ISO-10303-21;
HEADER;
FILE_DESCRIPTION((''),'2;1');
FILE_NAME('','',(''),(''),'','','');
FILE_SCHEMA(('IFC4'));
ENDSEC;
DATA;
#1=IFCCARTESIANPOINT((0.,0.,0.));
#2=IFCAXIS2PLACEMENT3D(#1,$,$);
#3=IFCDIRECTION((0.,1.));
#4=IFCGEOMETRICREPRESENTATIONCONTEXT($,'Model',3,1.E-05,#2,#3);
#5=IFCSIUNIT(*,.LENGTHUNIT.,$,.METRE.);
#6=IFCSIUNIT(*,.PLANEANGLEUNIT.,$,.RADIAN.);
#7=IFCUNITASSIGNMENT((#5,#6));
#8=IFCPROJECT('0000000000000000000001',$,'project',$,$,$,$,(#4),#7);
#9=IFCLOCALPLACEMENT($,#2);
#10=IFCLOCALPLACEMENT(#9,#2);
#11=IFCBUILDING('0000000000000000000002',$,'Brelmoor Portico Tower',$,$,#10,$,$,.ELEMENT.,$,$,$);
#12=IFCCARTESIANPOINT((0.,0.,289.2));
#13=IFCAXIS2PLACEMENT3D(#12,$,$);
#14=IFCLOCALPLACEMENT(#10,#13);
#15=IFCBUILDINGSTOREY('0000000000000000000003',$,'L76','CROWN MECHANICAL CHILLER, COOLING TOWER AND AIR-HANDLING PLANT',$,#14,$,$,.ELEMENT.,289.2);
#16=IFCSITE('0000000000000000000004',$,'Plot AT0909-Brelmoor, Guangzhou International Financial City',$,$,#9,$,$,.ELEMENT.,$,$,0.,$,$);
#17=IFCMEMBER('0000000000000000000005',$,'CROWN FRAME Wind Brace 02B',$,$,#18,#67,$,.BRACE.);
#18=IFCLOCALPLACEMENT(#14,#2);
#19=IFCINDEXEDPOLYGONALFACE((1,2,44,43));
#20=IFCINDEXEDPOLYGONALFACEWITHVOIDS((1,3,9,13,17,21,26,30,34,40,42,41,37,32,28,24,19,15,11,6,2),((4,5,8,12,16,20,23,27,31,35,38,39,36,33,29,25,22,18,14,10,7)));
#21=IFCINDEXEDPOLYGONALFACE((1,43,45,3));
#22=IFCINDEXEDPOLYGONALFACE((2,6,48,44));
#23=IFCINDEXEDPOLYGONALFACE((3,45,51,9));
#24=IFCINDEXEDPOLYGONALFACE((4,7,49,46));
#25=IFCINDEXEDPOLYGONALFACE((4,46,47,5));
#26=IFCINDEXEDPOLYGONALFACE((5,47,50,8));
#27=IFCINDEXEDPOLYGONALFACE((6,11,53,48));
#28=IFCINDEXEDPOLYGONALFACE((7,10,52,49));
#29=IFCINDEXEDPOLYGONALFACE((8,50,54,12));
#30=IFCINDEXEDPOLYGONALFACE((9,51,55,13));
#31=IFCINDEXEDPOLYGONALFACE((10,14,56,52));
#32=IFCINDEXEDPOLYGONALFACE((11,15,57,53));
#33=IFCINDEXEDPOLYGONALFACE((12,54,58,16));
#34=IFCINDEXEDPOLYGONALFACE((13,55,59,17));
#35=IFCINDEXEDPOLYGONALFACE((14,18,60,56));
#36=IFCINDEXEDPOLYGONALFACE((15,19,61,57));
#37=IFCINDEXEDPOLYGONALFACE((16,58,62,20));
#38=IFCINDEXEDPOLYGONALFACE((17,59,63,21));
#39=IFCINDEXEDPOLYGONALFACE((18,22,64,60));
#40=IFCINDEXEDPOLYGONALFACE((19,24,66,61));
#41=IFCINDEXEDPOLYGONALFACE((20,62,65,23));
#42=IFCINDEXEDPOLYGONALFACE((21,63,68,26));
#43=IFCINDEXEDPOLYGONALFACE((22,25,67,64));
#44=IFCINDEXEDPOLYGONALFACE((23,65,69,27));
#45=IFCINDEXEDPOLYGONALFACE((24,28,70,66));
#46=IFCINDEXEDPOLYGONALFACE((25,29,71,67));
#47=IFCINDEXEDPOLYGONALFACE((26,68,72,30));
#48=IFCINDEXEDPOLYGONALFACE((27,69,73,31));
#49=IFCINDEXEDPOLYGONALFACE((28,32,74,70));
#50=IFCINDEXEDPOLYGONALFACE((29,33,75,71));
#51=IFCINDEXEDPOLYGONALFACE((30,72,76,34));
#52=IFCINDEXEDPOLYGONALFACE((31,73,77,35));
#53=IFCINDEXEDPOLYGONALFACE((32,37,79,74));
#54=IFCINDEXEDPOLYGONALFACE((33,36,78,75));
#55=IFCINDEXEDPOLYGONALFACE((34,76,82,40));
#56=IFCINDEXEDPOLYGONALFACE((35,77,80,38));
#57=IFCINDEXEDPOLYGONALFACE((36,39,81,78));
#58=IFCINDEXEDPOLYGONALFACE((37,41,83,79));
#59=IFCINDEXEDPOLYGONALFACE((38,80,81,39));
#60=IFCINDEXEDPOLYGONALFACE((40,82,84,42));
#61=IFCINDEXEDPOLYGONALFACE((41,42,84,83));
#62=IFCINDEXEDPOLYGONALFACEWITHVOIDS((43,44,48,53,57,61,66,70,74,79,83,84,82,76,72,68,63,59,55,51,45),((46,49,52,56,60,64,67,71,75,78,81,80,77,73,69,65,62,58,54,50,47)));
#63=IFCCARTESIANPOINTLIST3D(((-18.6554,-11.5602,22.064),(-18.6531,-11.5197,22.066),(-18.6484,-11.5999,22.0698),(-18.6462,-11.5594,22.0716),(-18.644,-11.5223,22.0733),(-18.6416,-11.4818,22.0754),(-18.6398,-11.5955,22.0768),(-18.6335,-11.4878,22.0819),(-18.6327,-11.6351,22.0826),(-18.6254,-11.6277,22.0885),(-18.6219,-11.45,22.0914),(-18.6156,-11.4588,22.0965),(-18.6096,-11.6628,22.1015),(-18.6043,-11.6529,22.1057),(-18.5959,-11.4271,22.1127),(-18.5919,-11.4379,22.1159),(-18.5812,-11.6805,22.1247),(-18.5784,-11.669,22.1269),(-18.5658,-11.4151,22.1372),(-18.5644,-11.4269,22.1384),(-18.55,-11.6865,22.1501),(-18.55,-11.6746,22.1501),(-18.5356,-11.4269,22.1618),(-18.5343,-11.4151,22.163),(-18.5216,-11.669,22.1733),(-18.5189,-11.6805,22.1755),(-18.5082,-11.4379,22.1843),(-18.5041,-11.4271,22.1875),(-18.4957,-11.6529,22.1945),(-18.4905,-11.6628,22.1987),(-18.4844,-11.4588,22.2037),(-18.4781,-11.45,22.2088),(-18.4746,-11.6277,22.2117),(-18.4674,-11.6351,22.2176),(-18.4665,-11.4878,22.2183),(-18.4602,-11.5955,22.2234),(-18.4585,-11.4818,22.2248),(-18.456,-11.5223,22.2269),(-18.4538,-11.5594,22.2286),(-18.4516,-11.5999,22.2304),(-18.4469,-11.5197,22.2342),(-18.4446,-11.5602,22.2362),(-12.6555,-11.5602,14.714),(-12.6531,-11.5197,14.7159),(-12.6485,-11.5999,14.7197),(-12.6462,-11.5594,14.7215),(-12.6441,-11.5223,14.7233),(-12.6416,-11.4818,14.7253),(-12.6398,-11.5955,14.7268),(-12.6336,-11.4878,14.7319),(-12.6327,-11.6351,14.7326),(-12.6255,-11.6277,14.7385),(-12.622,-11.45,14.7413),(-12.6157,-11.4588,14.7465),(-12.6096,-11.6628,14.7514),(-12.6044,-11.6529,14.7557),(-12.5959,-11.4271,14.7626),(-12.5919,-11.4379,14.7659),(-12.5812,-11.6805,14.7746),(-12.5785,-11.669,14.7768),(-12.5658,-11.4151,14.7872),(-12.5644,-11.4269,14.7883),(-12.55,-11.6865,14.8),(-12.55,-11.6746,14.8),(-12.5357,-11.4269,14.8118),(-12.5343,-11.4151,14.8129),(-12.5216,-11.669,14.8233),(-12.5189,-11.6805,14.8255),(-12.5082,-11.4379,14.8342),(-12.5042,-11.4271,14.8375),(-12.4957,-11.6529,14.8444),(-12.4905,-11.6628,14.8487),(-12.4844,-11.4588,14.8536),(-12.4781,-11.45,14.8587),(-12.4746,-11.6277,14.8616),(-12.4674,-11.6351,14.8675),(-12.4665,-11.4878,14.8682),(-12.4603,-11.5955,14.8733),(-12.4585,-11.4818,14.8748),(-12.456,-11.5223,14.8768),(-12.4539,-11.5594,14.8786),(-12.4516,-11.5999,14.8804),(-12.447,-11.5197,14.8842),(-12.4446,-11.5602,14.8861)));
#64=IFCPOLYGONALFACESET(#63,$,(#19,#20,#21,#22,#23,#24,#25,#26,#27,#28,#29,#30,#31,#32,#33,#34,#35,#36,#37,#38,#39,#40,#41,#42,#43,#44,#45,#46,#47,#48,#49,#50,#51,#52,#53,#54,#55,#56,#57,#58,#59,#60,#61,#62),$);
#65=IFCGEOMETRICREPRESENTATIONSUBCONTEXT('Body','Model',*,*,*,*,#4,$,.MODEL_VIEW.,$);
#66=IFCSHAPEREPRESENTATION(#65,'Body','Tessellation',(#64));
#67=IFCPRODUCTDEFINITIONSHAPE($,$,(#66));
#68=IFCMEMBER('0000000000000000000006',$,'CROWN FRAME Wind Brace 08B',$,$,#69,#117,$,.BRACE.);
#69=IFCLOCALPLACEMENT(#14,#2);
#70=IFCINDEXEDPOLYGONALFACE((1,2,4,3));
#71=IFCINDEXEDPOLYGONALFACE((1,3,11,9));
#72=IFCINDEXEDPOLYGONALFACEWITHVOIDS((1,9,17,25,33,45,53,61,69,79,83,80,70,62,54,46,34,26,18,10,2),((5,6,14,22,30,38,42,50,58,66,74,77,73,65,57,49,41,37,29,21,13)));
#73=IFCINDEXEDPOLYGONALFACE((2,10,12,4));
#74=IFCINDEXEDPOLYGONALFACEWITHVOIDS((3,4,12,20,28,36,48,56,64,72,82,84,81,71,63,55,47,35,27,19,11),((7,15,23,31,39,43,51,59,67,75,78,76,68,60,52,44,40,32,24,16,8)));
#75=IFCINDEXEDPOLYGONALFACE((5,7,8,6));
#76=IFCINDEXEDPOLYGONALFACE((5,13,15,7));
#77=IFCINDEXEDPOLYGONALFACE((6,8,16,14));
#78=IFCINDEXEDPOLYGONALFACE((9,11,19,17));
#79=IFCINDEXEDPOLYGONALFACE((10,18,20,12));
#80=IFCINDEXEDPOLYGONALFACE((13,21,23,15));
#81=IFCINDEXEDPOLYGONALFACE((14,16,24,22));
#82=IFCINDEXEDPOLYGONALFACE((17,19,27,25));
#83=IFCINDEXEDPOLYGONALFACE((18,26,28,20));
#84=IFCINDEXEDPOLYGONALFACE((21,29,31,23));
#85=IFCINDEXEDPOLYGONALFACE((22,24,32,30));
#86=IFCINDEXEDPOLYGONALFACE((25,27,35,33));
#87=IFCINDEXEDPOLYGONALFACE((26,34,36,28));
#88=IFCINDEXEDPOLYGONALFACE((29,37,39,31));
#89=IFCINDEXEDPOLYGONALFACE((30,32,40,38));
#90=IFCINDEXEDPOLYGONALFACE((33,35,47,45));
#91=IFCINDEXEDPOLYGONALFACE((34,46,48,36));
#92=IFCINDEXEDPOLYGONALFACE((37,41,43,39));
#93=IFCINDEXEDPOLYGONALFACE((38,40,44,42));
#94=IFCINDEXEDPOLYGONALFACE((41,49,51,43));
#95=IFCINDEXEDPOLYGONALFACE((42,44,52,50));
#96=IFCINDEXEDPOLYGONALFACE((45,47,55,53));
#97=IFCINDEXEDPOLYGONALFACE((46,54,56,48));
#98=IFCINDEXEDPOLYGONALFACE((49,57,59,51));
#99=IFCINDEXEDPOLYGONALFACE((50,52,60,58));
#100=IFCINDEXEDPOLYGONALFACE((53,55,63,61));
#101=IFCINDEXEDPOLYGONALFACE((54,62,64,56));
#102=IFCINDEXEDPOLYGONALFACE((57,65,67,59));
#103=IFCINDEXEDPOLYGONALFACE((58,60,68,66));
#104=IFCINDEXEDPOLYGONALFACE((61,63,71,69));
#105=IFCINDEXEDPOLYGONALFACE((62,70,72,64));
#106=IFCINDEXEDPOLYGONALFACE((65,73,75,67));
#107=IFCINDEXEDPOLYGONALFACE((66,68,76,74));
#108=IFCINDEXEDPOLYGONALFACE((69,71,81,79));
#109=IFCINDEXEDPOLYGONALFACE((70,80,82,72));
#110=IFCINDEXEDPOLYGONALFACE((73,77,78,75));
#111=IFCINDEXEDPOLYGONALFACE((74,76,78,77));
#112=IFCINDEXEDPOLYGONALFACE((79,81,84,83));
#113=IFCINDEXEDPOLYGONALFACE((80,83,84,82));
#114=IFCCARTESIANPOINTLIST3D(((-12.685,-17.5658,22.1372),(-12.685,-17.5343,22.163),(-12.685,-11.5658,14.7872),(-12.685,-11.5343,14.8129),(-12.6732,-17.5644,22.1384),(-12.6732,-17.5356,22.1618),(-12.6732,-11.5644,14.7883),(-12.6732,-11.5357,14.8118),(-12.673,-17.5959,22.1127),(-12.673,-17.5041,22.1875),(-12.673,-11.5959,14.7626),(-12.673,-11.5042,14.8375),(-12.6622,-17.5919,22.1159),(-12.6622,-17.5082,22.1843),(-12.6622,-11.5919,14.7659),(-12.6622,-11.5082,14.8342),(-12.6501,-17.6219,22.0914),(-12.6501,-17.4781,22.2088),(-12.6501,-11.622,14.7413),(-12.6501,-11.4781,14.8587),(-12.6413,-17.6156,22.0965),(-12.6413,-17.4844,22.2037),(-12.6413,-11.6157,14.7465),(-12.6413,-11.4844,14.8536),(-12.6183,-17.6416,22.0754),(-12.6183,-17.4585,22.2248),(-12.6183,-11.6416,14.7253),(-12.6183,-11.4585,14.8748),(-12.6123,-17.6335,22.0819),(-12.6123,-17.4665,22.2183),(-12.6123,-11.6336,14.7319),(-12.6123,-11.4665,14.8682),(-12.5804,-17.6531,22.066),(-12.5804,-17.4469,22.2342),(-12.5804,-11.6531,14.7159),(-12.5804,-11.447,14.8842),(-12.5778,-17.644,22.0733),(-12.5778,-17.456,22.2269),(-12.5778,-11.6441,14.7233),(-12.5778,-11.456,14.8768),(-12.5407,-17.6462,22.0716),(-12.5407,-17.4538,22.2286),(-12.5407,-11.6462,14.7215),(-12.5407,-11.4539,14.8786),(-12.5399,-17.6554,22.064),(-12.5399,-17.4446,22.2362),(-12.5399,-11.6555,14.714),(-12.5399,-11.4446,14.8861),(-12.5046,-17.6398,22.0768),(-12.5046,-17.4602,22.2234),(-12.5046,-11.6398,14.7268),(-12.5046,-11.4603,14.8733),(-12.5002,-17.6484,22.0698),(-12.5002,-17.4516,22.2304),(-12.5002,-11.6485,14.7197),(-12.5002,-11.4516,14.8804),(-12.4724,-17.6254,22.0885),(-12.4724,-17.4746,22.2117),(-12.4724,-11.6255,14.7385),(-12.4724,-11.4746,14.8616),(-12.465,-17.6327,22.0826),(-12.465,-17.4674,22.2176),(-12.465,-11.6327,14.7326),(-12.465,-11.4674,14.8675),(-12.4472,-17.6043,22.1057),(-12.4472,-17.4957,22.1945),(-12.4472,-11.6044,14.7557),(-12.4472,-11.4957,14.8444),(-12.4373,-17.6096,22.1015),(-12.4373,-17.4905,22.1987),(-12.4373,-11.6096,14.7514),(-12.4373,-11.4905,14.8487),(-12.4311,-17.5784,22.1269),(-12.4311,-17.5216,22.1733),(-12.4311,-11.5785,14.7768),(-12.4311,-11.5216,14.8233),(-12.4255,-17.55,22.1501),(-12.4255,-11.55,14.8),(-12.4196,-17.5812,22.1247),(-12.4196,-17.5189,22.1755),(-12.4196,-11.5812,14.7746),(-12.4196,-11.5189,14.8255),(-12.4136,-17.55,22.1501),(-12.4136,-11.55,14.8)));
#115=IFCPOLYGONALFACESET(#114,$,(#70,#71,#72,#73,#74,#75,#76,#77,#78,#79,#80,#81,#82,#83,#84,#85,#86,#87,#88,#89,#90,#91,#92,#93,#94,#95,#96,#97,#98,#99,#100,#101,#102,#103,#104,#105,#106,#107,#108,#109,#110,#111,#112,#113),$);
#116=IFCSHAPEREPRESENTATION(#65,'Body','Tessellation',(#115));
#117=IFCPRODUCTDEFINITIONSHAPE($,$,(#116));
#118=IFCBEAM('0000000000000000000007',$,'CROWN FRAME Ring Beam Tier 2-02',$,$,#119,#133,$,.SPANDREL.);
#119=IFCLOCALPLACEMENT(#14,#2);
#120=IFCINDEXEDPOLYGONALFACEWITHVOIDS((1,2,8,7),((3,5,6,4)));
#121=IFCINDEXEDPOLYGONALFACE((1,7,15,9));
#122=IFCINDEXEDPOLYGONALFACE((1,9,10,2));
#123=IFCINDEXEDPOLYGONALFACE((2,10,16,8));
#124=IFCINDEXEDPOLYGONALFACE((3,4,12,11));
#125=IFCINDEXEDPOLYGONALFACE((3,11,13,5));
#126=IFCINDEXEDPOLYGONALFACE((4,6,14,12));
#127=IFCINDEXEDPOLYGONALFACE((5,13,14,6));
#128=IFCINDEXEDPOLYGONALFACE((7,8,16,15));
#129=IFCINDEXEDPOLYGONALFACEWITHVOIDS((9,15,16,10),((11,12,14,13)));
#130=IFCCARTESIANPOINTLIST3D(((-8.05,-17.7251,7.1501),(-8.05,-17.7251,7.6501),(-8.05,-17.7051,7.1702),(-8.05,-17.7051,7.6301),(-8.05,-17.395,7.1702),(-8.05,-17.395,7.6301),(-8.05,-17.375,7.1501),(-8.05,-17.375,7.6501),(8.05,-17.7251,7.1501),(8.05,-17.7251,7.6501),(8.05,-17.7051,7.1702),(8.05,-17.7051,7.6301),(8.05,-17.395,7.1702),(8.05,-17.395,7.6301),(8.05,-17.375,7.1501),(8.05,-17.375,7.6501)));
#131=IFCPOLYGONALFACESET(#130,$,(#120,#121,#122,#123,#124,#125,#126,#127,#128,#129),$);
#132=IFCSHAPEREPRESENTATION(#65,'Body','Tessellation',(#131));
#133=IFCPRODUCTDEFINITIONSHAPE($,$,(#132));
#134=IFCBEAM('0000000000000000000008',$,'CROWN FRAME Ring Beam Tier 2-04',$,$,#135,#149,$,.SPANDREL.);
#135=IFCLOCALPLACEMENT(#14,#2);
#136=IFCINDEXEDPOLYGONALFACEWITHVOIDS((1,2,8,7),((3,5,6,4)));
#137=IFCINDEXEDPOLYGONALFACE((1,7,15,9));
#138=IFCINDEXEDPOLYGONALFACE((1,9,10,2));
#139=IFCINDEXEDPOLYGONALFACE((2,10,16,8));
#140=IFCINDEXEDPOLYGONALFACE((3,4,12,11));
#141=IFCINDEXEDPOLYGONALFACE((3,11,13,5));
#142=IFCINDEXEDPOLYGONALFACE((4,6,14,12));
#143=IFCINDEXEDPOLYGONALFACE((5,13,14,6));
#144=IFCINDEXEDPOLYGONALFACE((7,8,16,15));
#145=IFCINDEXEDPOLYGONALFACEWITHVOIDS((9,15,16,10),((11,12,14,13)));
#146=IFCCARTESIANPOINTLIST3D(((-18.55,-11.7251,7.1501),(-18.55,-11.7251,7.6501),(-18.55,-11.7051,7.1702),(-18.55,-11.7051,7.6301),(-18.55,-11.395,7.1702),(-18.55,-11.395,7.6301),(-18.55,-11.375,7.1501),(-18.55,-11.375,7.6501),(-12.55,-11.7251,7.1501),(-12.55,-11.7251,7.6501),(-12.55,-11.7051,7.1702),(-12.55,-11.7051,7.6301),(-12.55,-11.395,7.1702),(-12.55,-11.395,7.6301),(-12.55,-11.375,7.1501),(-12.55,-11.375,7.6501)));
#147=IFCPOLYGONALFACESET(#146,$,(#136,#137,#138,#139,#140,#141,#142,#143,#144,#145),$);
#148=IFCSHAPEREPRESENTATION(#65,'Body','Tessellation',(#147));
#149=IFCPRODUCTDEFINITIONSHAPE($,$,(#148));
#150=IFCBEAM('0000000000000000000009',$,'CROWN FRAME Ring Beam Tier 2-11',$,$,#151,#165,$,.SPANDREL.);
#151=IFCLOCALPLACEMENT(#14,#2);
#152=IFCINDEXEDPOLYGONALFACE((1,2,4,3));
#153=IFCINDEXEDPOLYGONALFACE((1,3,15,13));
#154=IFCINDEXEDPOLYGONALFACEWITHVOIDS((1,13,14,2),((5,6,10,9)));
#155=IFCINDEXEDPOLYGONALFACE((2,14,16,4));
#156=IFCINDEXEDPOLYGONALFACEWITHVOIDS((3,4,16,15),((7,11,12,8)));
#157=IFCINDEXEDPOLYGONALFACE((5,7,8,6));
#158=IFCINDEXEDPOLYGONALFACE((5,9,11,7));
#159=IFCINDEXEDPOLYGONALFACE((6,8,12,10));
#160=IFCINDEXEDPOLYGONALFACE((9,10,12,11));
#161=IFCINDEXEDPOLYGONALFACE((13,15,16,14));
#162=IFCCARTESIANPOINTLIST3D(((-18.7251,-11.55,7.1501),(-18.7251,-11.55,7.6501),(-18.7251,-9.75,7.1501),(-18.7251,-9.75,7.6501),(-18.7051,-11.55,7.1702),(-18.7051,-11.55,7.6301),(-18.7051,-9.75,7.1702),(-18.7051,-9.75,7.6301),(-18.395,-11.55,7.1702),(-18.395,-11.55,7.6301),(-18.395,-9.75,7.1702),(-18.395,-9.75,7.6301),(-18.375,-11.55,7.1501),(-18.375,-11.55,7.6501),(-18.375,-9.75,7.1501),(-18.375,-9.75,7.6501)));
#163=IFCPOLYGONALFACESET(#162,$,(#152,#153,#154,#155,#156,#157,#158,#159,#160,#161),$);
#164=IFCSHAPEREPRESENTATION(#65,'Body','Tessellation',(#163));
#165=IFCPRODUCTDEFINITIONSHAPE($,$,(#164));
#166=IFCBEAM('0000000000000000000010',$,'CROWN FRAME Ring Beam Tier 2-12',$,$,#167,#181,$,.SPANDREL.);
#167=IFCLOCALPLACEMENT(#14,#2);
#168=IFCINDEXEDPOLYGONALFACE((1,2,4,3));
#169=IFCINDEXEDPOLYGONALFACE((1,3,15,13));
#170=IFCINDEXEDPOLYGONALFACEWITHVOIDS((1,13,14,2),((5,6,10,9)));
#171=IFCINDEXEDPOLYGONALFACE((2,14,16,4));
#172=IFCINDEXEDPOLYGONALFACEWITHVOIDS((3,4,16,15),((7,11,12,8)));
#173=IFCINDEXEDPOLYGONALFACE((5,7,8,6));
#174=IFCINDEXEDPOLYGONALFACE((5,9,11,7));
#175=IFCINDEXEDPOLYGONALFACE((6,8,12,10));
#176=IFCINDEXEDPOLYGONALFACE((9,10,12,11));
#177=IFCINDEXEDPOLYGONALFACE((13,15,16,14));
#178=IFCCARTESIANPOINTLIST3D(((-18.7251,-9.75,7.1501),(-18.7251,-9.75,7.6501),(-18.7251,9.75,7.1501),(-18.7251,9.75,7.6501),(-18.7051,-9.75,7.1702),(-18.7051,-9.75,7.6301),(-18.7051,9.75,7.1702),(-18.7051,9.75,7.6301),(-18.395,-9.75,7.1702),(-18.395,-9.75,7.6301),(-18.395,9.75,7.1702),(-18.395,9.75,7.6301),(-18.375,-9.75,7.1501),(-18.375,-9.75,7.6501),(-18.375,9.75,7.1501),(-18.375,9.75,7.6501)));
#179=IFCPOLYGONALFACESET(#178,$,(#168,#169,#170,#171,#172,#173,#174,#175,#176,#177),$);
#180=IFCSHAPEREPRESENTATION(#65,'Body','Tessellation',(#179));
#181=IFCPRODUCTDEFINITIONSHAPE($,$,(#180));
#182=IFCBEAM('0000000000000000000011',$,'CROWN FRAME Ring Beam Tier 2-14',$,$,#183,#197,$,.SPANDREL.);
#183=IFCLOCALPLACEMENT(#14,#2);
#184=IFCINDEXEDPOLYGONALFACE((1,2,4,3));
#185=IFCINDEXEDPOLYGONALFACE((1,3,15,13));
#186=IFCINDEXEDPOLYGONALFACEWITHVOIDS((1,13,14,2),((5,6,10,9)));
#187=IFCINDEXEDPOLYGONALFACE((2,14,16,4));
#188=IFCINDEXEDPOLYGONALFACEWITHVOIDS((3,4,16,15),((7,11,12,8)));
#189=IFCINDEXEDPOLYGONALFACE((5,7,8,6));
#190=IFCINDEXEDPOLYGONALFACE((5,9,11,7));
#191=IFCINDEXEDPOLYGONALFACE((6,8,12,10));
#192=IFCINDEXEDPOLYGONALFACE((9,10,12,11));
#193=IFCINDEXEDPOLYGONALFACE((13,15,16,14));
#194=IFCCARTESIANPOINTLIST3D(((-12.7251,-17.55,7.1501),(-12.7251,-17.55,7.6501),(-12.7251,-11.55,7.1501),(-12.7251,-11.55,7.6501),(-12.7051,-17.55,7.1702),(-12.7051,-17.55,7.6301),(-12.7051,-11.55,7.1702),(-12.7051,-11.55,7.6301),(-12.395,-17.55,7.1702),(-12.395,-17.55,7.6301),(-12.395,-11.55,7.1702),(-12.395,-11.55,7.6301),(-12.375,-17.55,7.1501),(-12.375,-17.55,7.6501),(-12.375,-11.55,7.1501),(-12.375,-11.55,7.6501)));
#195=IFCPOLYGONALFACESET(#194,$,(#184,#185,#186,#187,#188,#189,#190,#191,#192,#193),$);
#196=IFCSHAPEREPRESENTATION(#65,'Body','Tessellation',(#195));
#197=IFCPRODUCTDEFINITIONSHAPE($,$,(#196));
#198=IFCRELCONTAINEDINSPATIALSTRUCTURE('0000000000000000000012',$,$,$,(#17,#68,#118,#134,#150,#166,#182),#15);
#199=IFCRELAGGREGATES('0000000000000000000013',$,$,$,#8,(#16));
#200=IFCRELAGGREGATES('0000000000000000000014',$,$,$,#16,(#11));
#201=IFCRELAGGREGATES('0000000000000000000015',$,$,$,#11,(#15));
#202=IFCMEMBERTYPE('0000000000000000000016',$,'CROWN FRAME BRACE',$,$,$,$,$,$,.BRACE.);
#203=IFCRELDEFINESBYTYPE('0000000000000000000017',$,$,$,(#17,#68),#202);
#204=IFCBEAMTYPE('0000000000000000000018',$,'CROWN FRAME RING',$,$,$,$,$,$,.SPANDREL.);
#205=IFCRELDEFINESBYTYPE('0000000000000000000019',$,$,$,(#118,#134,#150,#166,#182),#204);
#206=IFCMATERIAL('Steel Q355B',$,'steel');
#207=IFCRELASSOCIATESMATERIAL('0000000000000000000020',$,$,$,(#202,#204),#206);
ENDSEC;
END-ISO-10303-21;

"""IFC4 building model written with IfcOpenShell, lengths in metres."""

from ifc_helpers import new_model, si_unit, direction, frame, origin, origin_2d, place, context, subcontext, project, spatial, hollow_rectangle, hollow_circle, extrude, material, material_profile, profile_set, type_object, element, save


model = new_model("IFC4")

# Units and contexts
model_context = context("Model", 3, precision=1e-05, world=origin(), true_north=direction((0.0, 1.0)))
body_context = subcontext(model_context, "Body", "Model", "MODEL_VIEW")
ifc_project = project(units=[si_unit("LENGTHUNIT", "METRE"), si_unit("PLANEANGLEUNIT", "RADIAN")], contexts=[model_context])

# Site, building, storey
site_placement = place(None, origin())
site = spatial("IfcSite", under=ifc_project, at=site_placement, Name="Plot AT0909-Brelmoor, Guangzhou International Financial City", CompositionType="ELEMENT", RefElevation=0.0)
building_placement = place(site_placement, origin())
building = spatial("IfcBuilding", under=site, at=building_placement, Name="Brelmoor Portico Tower", CompositionType="ELEMENT")
storey_placement = place(building_placement, frame((0.0, 0.0, 289.2)))
storey = spatial("IfcBuildingStorey", under=building, at=storey_placement, Name="L76", Description="CROWN MECHANICAL CHILLER, COOLING TOWER AND AIR-HANDLING PLANT", CompositionType="ELEMENT", Elevation=289.2)

# Members
ifc_material_1 = material(Name="Steel Q355B", Category="steel")
ifc_material_profile_1 = material_profile(ifc_material_1, hollow_circle(Radius=0.1365, WallThickness=0.012, at=origin_2d()), Name="CHS 273x12")
ifc_profile_set_1 = profile_set([ifc_material_profile_1], Name="Steel Q355B")
member_type = type_object("IfcMemberType", Name="CROWN FRAME BRACE", PredefinedType="BRACE", material=ifc_profile_set_1)
for number, where, z_axis, x_axis, name in (
    (1, (-12.55, -11.55, 14.8), (-0.632371, 0.0, 0.774665), (0.0, -1.0, 0.0), "CROWN FRAME Wind Brace 02B"),
    (2, (-12.55, -11.55, 14.8), (0.0, -0.632371, 0.774665), (1.0, 0.0, 0.0), "CROWN FRAME Wind Brace 08B"),
):
    element("IfcMember", number, at=place(storey_placement, frame(where, z_axis=z_axis, x_axis=x_axis)), inside=storey, type_object=member_type, Name=name, PredefinedType="BRACE", context=body_context, shape_type="SweptSolid", body=[
        extrude(hollow_circle(Radius=0.1365, WallThickness=0.012, at=origin_2d()), origin(), (0.0, 0.0, 1.0), 9.488),
    ])

# Beams
ifc_material_profile_2 = material_profile(ifc_material_1, hollow_rectangle(XDim=0.3501, YDim=0.5, WallThickness=0.02, at=origin_2d()), Name="RHS 350x500x20")
ifc_profile_set_2 = profile_set([ifc_material_profile_2], Name="Steel Q355B")
beam_type = type_object("IfcBeamType", Name="CROWN FRAME RING", PredefinedType="SPANDREL", material=ifc_profile_set_2)
beam_1_placement = place(storey_placement, frame((-8.05, -17.55, 7.4001), z_axis=(1.0, 0.0, 0.0), x_axis=(0.0, 1.0, 0.0)))
element("IfcBeam", 3, at=beam_1_placement, inside=storey, type_object=beam_type, Name="CROWN FRAME Ring Beam Tier 2-02", PredefinedType="SPANDREL", context=body_context, shape_type="SweptSolid", body=[
    extrude(hollow_rectangle(XDim=0.3501, YDim=0.5, WallThickness=0.02, at=origin_2d()), origin(), (0.0, 0.0, 1.0), 16.1001),
])
beam_2_placement = place(storey_placement, frame((-18.55, -11.55, 7.4001), z_axis=(1.0, 0.0, 0.0), x_axis=(0.0, 1.0, 0.0)))
element("IfcBeam", 4, at=beam_2_placement, inside=storey, type_object=beam_type, Name="CROWN FRAME Ring Beam Tier 2-04", PredefinedType="SPANDREL", context=body_context, shape_type="SweptSolid", body=[
    extrude(hollow_rectangle(XDim=0.3501, YDim=0.5, WallThickness=0.02, at=origin_2d()), origin(), (0.0, 0.0, 1.0), 6.0),
])
beam_3_placement = place(storey_placement, frame((-18.55, -11.55, 7.4001), z_axis=(0.0, 1.0, 0.0), x_axis=(-1.0, 0.0, 0.0)))
element("IfcBeam", 5, at=beam_3_placement, inside=storey, type_object=beam_type, Name="CROWN FRAME Ring Beam Tier 2-11", PredefinedType="SPANDREL", context=body_context, shape_type="SweptSolid", body=[
    extrude(hollow_rectangle(XDim=0.3501, YDim=0.5, WallThickness=0.02, at=origin_2d()), origin(), (0.0, 0.0, 1.0), 1.8),
])
beam_4_placement = place(storey_placement, frame((-18.55, -9.75, 7.4001), z_axis=(0.0, 1.0, 0.0), x_axis=(-1.0, 0.0, 0.0)))
element("IfcBeam", 6, at=beam_4_placement, inside=storey, type_object=beam_type, Name="CROWN FRAME Ring Beam Tier 2-12", PredefinedType="SPANDREL", context=body_context, shape_type="SweptSolid", body=[
    extrude(hollow_rectangle(XDim=0.3501, YDim=0.5, WallThickness=0.02, at=origin_2d()), origin(), (0.0, 0.0, 1.0), 19.5),
])
beam_5_placement = place(storey_placement, frame((-12.55, -17.55, 7.4001), z_axis=(0.0, 1.0, 0.0), x_axis=(-1.0, 0.0, 0.0)))
element("IfcBeam", 7, at=beam_5_placement, inside=storey, type_object=beam_type, Name="CROWN FRAME Ring Beam Tier 2-14", PredefinedType="SPANDREL", context=body_context, shape_type="SweptSolid", body=[
    extrude(hollow_rectangle(XDim=0.3501, YDim=0.5, WallThickness=0.02, at=origin_2d()), origin(), (0.0, 0.0, 1.0), 6.0),
])

save(model, "model.ifc")
